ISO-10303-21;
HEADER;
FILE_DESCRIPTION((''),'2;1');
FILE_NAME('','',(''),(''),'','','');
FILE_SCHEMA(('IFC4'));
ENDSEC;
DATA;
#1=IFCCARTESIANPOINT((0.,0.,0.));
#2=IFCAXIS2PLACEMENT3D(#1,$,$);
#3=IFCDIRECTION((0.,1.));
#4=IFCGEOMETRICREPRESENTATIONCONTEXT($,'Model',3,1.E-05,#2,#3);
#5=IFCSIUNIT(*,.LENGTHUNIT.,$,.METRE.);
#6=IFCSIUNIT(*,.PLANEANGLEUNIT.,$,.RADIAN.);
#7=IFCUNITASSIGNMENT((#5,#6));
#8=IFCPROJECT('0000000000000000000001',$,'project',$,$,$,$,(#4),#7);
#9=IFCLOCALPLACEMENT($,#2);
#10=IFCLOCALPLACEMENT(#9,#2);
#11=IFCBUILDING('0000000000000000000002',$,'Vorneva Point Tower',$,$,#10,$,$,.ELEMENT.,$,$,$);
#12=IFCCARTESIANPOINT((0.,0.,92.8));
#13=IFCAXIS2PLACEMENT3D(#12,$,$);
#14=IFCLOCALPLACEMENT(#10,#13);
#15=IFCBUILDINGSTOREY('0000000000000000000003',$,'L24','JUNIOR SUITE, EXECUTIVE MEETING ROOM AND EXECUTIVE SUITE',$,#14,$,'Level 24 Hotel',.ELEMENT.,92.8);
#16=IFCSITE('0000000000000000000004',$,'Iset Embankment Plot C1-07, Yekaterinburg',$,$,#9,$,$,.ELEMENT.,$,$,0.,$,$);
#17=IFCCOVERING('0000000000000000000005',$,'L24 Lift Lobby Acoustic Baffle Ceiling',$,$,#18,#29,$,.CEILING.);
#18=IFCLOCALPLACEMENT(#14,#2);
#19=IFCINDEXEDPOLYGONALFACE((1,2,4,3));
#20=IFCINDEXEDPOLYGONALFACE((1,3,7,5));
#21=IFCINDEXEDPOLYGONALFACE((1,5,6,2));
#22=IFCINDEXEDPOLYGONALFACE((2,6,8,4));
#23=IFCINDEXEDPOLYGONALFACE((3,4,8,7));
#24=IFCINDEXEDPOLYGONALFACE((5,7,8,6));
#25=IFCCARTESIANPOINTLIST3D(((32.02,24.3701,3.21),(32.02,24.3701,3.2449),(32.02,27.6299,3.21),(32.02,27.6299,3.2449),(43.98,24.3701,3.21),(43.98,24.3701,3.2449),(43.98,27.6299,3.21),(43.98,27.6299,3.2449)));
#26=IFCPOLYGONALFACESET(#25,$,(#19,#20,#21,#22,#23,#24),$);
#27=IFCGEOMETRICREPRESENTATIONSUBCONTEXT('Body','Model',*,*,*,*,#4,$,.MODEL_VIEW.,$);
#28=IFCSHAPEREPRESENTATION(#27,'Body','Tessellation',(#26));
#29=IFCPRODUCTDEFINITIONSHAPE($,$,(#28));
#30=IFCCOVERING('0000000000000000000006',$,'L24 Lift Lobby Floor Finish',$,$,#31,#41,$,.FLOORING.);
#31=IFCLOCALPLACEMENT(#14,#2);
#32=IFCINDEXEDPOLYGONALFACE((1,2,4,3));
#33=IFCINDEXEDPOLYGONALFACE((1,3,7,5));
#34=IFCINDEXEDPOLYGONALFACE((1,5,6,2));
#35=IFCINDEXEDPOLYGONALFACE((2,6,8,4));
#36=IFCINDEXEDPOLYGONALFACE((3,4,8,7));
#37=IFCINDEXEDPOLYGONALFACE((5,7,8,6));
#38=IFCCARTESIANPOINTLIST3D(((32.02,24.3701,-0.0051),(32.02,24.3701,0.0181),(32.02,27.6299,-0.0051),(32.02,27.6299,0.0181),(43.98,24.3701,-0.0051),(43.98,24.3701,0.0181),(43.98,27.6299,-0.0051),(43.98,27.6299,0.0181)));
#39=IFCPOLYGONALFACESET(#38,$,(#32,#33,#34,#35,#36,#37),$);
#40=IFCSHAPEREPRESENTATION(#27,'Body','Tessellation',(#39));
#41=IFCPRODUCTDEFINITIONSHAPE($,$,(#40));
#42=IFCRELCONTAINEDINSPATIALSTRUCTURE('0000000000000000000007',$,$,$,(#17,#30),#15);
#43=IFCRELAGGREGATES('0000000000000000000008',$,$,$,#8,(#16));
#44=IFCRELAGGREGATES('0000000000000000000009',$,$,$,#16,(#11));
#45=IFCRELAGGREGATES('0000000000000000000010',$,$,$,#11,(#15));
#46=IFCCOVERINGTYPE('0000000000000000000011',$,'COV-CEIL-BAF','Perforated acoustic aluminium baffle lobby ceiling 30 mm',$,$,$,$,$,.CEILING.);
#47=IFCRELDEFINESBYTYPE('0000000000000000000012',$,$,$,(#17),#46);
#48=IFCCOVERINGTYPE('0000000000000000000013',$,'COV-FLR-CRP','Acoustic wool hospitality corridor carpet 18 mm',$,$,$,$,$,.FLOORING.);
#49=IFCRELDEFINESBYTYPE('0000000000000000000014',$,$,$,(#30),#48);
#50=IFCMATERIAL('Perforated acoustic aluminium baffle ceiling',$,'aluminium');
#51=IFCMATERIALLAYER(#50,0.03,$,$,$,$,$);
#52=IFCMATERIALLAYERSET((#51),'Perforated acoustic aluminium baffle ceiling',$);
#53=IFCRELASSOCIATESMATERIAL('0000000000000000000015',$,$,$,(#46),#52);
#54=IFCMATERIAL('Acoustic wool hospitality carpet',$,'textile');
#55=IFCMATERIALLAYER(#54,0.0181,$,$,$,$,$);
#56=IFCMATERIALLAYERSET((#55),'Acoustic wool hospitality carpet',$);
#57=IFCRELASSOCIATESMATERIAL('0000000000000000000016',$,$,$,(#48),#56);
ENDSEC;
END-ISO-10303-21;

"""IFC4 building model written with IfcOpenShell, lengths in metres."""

from ifc_helpers import new_model, si_unit, direction, frame, origin, place, context, subcontext, project, spatial, polyline, outline, extrude, material, layer, layer_set, type_object, element, save


model = new_model("IFC4")

# Units and contexts
model_context = context("Model", 3, precision=1e-05, world=origin(), true_north=direction((0.0, 1.0)))
body_context = subcontext(model_context, "Body", "Model", "MODEL_VIEW")
ifc_project = project(units=[si_unit("LENGTHUNIT", "METRE"), si_unit("PLANEANGLEUNIT", "RADIAN")], contexts=[model_context])

# Site, building, storey
site_placement = place(None, origin())
site = spatial("IfcSite", under=ifc_project, at=site_placement, Name="Iset Embankment Plot C1-07, Yekaterinburg", CompositionType="ELEMENT", RefElevation=0.0)
building_placement = place(site_placement, origin())
building = spatial("IfcBuilding", under=site, at=building_placement, Name="Vorneva Point Tower", CompositionType="ELEMENT")
storey_placement = place(building_placement, frame((0.0, 0.0, 92.8)))
storey = spatial("IfcBuildingStorey", under=building, at=storey_placement, Name="L24", Description="JUNIOR SUITE, EXECUTIVE MEETING ROOM AND EXECUTIVE SUITE", LongName="Level 24 Hotel", CompositionType="ELEMENT", Elevation=92.8)

# Coverings
ifc_material_1 = material(Name="Perforated acoustic aluminium baffle ceiling", Category="aluminium")
ifc_layer_1 = layer(ifc_material_1, 0.03)
ifc_layer_set_1 = layer_set([ifc_layer_1], Name="Perforated acoustic aluminium baffle ceiling")
covering_type_1 = type_object("IfcCoveringType", Name="COV-CEIL-BAF", Description="Perforated acoustic aluminium baffle lobby ceiling 30 mm", PredefinedType="CEILING", material=ifc_layer_set_1)
covering_1_placement = place(storey_placement, frame((0.0, 0.0, 3.21)))
element("IfcCovering", 1, at=covering_1_placement, inside=storey, type_object=covering_type_1, Name="L24 Lift Lobby Acoustic Baffle Ceiling", PredefinedType="CEILING", context=body_context, shape_type="SweptSolid", body=[
    extrude(outline(polyline([(32.02, 24.3701), (43.98, 24.3701), (43.98, 27.6299), (32.02, 27.6299), (32.02, 24.3701)])), origin(), (0.0, 0.0, 1.0), 0.0349),
])
ifc_material_2 = material(Name="Acoustic wool hospitality carpet", Category="textile")
ifc_layer_2 = layer(ifc_material_2, 0.0181)
ifc_layer_set_2 = layer_set([ifc_layer_2], Name="Acoustic wool hospitality carpet")
covering_type_2 = type_object("IfcCoveringType", Name="COV-FLR-CRP", Description="Acoustic wool hospitality corridor carpet 18 mm", PredefinedType="FLOORING", material=ifc_layer_set_2)
covering_2_placement = place(storey_placement, frame((0.0, 0.0, -0.0051)))
element("IfcCovering", 2, at=covering_2_placement, inside=storey, type_object=covering_type_2, Name="L24 Lift Lobby Floor Finish", PredefinedType="FLOORING", context=body_context, shape_type="SweptSolid", body=[
    extrude(outline(polyline([(32.02, 24.3701), (43.98, 24.3701), (43.98, 27.6299), (32.02, 27.6299), (32.02, 24.3701)])), origin(), (0.0, 0.0, 1.0), 0.0232),
])

save(model, "model.ifc")
